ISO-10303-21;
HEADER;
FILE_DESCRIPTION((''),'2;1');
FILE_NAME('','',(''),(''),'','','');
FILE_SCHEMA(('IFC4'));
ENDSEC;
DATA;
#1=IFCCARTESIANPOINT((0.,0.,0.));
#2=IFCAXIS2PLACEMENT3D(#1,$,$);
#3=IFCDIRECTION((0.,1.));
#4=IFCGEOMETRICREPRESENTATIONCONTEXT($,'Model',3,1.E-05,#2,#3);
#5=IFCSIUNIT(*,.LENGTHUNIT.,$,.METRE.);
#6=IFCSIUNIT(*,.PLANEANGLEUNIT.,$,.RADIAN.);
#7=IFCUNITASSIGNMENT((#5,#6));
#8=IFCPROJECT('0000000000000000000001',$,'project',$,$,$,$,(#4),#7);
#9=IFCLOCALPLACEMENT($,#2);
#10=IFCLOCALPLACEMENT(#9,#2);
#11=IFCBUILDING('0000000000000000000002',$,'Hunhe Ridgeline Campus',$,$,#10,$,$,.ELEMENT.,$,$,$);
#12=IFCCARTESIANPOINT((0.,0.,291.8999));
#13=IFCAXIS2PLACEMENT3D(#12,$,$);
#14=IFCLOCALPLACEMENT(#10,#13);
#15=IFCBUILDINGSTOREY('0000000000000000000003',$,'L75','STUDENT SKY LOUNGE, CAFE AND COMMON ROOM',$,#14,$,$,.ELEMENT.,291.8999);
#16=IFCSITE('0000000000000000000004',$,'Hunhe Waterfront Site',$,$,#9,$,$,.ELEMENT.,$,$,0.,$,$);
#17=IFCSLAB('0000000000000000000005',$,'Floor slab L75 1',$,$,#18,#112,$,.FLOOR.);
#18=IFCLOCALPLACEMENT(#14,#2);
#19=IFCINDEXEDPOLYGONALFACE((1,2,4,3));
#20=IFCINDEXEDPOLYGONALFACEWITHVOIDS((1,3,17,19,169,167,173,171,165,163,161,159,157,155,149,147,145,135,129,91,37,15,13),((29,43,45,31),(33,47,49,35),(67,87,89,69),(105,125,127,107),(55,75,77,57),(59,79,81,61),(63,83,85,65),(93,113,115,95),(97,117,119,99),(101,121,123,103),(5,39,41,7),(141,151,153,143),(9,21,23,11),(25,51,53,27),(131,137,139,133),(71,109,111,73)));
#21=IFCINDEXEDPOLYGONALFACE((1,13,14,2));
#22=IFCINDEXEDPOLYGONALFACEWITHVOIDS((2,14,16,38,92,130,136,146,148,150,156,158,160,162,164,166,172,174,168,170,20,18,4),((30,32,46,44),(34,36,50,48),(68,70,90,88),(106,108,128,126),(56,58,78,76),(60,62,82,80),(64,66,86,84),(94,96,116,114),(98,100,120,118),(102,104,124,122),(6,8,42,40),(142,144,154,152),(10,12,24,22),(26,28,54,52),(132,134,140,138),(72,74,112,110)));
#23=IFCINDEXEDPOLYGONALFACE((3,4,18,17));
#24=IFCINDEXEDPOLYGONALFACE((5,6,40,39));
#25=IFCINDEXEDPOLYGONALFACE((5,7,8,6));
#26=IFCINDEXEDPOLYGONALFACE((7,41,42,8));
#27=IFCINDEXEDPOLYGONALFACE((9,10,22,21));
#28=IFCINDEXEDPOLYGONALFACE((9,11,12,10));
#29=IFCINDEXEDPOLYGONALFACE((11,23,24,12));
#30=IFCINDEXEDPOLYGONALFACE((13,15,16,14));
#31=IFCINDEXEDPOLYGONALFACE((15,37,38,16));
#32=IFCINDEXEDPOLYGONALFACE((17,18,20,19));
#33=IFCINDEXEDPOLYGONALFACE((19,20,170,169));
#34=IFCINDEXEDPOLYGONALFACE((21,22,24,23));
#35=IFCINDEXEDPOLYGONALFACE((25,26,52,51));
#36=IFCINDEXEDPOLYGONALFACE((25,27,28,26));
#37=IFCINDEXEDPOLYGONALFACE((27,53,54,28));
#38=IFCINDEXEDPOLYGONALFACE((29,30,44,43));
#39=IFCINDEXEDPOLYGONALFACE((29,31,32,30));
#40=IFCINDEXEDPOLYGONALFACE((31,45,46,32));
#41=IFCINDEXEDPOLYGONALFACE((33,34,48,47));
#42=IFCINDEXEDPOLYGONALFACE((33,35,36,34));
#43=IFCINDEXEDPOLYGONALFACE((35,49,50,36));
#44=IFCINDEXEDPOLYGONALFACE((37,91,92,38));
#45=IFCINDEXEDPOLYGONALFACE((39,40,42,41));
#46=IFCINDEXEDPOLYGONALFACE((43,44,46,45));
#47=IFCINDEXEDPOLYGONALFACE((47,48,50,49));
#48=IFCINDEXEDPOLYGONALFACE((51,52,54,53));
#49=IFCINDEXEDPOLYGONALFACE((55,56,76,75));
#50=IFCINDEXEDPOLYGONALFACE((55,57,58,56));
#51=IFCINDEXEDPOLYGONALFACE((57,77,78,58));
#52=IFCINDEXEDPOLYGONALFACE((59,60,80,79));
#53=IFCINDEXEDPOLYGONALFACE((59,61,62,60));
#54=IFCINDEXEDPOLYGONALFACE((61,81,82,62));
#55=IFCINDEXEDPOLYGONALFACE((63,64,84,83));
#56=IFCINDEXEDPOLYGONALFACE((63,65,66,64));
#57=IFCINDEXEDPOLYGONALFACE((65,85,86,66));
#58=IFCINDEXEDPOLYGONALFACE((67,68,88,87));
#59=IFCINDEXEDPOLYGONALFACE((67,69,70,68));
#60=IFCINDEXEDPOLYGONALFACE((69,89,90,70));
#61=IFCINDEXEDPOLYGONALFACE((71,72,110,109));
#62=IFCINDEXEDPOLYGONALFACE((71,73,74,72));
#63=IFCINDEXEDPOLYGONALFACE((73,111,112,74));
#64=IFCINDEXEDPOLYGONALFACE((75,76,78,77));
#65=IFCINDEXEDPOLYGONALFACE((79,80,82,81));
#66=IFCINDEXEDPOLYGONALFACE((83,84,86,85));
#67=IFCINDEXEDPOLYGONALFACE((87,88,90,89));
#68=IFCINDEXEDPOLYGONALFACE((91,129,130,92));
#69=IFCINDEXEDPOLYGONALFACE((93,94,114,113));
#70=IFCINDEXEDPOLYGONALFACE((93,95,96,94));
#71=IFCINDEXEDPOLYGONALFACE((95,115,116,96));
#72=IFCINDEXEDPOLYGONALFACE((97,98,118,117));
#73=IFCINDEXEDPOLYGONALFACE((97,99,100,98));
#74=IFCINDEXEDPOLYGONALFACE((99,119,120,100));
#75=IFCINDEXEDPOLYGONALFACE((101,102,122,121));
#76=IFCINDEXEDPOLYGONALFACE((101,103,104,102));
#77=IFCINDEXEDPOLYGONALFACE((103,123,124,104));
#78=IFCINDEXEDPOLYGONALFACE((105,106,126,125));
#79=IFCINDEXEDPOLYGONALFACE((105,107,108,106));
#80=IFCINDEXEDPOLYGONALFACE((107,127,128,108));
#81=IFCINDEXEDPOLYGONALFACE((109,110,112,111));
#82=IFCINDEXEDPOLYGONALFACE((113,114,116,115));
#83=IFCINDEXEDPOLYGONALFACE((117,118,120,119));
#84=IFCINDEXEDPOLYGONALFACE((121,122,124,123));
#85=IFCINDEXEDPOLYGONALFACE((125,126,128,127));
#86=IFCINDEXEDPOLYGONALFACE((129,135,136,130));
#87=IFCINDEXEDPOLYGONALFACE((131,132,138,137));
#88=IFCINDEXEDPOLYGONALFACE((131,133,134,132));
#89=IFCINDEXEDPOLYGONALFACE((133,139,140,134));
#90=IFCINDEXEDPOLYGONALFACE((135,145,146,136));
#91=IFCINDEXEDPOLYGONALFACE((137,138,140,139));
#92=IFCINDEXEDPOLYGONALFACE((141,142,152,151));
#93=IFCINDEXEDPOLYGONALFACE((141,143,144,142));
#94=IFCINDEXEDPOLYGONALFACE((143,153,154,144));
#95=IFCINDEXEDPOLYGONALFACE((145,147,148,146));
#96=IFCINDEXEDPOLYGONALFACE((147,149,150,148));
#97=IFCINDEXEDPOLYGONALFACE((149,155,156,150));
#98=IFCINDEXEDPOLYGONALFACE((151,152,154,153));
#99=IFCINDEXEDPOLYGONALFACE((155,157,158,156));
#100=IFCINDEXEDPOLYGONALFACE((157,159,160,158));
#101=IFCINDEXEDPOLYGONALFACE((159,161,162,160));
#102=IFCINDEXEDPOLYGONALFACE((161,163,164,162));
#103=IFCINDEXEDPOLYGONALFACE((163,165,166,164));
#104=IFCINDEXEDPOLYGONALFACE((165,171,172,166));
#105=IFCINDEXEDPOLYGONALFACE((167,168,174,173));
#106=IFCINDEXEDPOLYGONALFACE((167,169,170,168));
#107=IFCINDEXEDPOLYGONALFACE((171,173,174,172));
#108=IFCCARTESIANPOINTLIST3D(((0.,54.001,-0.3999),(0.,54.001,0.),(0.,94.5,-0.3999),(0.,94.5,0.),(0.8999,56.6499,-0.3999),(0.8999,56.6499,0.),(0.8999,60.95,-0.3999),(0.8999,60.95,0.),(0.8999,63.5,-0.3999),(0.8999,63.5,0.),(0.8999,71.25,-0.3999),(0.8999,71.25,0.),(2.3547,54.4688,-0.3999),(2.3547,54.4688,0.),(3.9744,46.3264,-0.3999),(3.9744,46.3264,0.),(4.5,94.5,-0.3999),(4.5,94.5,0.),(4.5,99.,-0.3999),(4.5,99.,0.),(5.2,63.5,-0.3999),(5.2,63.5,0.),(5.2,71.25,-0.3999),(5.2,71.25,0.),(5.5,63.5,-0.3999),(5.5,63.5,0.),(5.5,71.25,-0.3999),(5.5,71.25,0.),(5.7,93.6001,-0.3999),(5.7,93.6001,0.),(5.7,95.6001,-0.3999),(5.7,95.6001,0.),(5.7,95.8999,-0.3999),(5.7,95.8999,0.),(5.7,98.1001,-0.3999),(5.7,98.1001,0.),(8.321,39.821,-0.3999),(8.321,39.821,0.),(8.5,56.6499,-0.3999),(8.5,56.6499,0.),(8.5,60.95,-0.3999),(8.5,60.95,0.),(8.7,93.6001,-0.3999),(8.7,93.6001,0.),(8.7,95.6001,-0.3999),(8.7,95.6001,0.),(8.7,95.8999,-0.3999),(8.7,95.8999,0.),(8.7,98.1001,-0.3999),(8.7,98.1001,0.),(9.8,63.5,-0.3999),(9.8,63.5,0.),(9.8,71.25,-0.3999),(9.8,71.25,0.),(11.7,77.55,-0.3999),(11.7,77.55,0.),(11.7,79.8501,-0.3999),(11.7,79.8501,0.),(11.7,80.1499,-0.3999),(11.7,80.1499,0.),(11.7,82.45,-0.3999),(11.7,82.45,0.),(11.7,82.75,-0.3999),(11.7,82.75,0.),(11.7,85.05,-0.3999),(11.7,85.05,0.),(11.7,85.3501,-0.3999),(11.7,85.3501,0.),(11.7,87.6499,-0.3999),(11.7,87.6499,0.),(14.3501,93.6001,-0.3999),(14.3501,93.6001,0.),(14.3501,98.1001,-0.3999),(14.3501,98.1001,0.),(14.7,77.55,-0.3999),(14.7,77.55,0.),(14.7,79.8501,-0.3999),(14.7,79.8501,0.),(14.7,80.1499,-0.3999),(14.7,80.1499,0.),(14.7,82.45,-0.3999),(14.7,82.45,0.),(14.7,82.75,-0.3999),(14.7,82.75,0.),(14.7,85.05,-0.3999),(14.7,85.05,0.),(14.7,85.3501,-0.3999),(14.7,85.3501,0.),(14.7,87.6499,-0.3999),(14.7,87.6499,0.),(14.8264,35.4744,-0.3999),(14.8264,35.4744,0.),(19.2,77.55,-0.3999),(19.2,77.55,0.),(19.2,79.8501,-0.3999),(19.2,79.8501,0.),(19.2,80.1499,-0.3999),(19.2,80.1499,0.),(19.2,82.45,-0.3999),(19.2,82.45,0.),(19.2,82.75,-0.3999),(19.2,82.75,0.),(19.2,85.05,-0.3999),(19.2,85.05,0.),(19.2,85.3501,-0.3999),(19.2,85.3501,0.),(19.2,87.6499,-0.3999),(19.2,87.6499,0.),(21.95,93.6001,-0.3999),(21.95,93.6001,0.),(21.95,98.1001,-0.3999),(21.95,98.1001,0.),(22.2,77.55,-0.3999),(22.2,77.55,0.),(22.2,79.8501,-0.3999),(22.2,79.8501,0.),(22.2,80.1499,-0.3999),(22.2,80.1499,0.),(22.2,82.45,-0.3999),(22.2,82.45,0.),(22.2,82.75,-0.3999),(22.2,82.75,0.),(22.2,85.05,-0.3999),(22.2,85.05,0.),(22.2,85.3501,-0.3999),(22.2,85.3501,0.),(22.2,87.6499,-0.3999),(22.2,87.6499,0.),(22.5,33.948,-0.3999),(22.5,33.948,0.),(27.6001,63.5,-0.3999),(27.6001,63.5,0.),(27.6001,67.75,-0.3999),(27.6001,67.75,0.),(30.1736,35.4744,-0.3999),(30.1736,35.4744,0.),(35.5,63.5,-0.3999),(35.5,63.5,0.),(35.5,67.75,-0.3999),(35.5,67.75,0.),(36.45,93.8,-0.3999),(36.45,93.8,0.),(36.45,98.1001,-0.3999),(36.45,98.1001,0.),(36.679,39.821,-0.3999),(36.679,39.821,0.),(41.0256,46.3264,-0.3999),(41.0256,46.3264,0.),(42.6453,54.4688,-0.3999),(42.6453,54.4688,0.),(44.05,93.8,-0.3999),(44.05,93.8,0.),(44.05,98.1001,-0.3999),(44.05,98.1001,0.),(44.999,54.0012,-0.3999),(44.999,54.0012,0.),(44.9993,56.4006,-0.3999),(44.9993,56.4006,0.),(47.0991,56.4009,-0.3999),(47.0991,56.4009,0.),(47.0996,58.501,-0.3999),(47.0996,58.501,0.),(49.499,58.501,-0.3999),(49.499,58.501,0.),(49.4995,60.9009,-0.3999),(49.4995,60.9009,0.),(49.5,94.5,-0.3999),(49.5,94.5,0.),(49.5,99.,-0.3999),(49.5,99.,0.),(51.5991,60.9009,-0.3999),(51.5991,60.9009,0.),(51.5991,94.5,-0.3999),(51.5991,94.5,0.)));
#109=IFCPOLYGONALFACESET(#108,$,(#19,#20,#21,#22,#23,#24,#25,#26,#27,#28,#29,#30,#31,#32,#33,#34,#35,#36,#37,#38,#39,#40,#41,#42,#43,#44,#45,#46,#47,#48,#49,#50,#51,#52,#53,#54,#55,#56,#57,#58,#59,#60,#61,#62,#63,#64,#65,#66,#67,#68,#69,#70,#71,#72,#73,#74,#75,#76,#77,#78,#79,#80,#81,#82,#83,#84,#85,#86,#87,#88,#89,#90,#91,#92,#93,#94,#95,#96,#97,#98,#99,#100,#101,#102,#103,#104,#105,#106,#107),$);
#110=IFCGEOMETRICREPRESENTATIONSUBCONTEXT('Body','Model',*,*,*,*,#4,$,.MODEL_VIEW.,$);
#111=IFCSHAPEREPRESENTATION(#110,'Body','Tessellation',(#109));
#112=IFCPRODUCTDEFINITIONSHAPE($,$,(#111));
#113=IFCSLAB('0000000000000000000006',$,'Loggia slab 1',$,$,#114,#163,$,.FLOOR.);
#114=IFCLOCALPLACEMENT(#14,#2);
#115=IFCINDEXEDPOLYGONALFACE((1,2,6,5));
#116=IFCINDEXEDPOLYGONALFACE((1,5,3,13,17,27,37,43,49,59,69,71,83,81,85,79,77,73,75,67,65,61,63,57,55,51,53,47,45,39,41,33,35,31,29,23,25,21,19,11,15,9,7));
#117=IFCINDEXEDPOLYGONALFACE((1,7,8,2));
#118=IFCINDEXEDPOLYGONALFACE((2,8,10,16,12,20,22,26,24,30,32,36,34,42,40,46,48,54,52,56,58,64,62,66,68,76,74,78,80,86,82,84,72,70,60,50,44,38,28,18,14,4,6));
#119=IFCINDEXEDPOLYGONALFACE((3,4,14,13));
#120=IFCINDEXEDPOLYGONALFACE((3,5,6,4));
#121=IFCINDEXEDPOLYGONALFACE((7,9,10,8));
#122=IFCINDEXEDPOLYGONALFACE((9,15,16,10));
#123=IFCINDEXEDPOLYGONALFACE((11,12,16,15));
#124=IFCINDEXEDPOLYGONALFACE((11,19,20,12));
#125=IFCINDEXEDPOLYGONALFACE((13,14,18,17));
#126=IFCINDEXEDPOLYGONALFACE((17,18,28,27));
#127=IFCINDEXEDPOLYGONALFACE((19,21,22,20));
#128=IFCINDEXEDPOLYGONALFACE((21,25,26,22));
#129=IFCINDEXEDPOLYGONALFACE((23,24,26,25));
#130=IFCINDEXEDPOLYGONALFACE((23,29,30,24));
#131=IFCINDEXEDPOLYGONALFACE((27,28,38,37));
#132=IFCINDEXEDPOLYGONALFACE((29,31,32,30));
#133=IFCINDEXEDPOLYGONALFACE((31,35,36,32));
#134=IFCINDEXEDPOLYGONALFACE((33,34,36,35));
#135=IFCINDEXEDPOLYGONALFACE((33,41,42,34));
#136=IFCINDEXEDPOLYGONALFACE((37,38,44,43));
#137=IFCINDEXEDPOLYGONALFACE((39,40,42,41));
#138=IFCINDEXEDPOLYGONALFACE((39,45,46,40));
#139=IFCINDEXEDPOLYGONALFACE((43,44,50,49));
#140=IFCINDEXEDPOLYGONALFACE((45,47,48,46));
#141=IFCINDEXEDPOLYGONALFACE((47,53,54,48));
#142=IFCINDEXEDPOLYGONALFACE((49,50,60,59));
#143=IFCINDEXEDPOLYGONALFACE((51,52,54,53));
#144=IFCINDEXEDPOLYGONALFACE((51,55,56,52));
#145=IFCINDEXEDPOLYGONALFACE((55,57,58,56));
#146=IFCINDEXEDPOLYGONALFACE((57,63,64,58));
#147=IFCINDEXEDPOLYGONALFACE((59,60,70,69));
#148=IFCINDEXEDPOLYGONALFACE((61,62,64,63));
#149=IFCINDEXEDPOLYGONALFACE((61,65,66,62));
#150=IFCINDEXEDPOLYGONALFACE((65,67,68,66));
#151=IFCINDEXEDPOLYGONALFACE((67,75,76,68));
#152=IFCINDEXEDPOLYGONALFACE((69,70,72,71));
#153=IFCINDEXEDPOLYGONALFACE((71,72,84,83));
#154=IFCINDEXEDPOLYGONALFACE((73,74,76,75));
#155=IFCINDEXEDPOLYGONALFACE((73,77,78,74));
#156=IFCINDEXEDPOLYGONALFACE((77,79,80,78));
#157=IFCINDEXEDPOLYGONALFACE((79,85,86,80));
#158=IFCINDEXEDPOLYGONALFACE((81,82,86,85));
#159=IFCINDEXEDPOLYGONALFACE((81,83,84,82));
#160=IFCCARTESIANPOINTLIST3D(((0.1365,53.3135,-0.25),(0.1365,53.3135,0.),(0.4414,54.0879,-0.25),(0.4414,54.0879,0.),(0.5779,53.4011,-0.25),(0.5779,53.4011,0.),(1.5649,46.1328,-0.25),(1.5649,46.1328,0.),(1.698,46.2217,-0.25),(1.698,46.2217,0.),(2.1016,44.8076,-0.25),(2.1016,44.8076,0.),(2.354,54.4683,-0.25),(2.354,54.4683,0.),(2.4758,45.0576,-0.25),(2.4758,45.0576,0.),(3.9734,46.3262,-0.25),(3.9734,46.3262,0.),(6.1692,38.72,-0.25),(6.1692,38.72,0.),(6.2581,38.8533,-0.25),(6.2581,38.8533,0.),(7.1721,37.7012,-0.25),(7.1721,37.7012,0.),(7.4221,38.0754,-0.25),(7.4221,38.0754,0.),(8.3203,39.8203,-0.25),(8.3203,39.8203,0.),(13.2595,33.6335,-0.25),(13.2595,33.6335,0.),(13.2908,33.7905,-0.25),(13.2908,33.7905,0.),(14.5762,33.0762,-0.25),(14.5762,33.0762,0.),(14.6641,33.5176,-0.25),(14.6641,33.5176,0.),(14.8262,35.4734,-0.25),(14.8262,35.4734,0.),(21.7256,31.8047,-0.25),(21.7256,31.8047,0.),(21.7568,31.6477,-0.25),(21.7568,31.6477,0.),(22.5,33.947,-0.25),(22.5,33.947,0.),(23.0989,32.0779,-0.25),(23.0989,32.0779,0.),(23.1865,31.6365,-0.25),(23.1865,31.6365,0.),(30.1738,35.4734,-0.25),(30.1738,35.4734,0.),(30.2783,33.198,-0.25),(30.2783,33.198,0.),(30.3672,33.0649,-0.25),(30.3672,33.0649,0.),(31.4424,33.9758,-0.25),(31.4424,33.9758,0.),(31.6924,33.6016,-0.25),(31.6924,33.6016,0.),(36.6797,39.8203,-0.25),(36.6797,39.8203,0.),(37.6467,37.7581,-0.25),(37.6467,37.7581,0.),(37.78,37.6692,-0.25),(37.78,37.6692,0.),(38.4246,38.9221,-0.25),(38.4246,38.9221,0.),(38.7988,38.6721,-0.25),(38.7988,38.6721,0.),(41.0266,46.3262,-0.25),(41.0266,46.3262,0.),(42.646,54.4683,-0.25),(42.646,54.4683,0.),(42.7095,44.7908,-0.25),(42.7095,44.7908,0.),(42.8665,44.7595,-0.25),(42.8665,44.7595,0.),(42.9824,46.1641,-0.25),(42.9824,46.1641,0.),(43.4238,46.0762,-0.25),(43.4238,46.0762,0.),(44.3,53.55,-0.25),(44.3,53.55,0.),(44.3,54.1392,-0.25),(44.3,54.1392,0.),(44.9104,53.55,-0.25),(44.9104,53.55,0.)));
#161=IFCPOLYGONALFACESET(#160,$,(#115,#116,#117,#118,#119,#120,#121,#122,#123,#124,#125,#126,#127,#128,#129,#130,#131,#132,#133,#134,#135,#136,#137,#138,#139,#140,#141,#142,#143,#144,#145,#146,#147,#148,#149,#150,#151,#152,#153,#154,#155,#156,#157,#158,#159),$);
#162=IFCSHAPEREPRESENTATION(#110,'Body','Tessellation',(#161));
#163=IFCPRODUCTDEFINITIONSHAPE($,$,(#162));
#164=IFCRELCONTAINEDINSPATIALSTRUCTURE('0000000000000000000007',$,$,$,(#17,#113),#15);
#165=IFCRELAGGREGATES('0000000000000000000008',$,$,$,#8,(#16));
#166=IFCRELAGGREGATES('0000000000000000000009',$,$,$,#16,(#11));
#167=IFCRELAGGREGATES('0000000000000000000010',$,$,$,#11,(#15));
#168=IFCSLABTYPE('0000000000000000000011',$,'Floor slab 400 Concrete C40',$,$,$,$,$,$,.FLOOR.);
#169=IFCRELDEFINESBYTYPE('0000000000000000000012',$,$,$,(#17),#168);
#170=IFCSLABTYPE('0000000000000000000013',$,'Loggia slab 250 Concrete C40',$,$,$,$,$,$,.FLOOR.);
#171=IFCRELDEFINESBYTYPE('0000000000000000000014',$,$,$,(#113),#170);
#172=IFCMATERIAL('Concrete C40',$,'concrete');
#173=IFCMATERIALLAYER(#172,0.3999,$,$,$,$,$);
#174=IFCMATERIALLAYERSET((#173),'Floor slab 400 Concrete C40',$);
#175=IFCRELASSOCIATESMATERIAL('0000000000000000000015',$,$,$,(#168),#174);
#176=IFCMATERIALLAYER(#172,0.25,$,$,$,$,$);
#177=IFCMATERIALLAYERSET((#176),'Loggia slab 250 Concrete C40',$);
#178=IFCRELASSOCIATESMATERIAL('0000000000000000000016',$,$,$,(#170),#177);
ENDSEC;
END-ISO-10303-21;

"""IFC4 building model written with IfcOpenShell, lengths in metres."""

from ifc_helpers import new_model, si_unit, direction, frame, origin, place, context, subcontext, project, spatial, polyline, outline, extrude, material, layer, layer_set, type_object, element, save


model = new_model("IFC4")

# Units and contexts
model_context = context("Model", 3, precision=1e-05, world=origin(), true_north=direction((0.0, 1.0)))
body_context = subcontext(model_context, "Body", "Model", "MODEL_VIEW")
ifc_project = project(units=[si_unit("LENGTHUNIT", "METRE"), si_unit("PLANEANGLEUNIT", "RADIAN")], contexts=[model_context])

# Site, building, storey
site_placement = place(None, origin())
site = spatial("IfcSite", under=ifc_project, at=site_placement, Name="Hunhe Waterfront Site", CompositionType="ELEMENT", RefElevation=0.0)
building_placement = place(site_placement, origin())
building = spatial("IfcBuilding", under=site, at=building_placement, Name="Hunhe Ridgeline Campus", CompositionType="ELEMENT")
storey_placement = place(building_placement, frame((0.0, 0.0, 291.8999)))
storey = spatial("IfcBuildingStorey", under=building, at=storey_placement, Name="L75", Description="STUDENT SKY LOUNGE, CAFE AND COMMON ROOM", CompositionType="ELEMENT", Elevation=291.8999)

# Slabs
ifc_material_1 = material(Name="Concrete C40", Category="concrete")
ifc_layer_1 = layer(ifc_material_1, 0.3999)
ifc_layer_set_1 = layer_set([ifc_layer_1], Name="Floor slab 400 Concrete C40")
slab_type_1 = type_object("IfcSlabType", Name="Floor slab 400 Concrete C40", PredefinedType="FLOOR", material=ifc_layer_set_1)
slab_1_placement = place(storey_placement, frame((0.0, 0.0, -0.3999)))
element("IfcSlab", 1, at=slab_1_placement, inside=storey, type_object=slab_type_1, Name="Floor slab L75 1", PredefinedType="FLOOR", context=body_context, shape_type="SweptSolid", body=[
    extrude(outline(polyline([(36.679, 39.821), (41.0256, 46.3264), (42.6453, 54.4688), (44.999, 54.0012), (44.9993, 56.4006), (47.0991, 56.4009), (47.0996, 58.501), (49.499, 58.501), (49.4995, 60.9009), (51.5991, 60.9009), (51.5991, 94.5), (49.5, 94.5), (49.5, 99.0), (4.5, 99.0), (4.5, 94.5), (0.0, 94.5), (0.0, 54.001), (2.3547, 54.4688), (3.9744, 46.3264), (8.321, 39.821), (14.8264, 35.4744), (22.5, 33.948), (30.1736, 35.4744), (36.679, 39.821)]), holes=[polyline([(44.05, 98.1001), (36.45, 98.1001), (36.45, 93.8), (44.05, 93.8), (44.05, 98.1001)]), polyline([(27.6001, 67.75), (27.6001, 63.5), (35.5, 63.5), (35.5, 67.75), (27.6001, 67.75)]), polyline([(22.2, 85.3501), (22.2, 87.6499), (19.2, 87.6499), (19.2, 85.3501), (22.2, 85.3501)]), polyline([(22.2, 85.05), (19.2, 85.05), (19.2, 82.75), (22.2, 82.75), (22.2, 85.05)]), polyline([(19.2, 82.45), (19.2, 80.1499), (22.2, 80.1499), (22.2, 82.45), (19.2, 82.45)]), polyline([(19.2, 77.55), (22.2, 77.55), (22.2, 79.8501), (19.2, 79.8501), (19.2, 77.55)]), polyline([(21.95, 98.1001), (14.3501, 98.1001), (14.3501, 93.6001), (21.95, 93.6001), (21.95, 98.1001)]), polyline([(14.7, 85.3501), (14.7, 87.6499), (11.7, 87.6499), (11.7, 85.3501), (14.7, 85.3501)]), polyline([(14.7, 85.05), (11.7, 85.05), (11.7, 82.75), (14.7, 82.75), (14.7, 85.05)]), polyline([(11.7, 82.45), (11.7, 80.1499), (14.7, 80.1499), (14.7, 82.45), (11.7, 82.45)]), polyline([(11.7, 77.55), (14.7, 77.55), (14.7, 79.8501), (11.7, 79.8501), (11.7, 77.55)]), polyline([(5.5, 63.5), (9.8, 63.5), (9.8, 71.25), (5.5, 71.25), (5.5, 63.5)]), polyline([(5.7, 98.1001), (5.7, 95.8999), (8.7, 95.8999), (8.7, 98.1001), (5.7, 98.1001)]), polyline([(5.7, 93.6001), (8.7, 93.6001), (8.7, 95.6001), (5.7, 95.6001), (5.7, 93.6001)]), polyline([(0.8999, 60.95), (0.8999, 56.6499), (8.5, 56.6499), (8.5, 60.95), (0.8999, 60.95)]), polyline([(5.2, 63.5), (5.2, 71.25), (0.8999, 71.25), (0.8999, 63.5), (5.2, 63.5)])]), origin(), (0.0, 0.0, 1.0), 0.3999),
])
ifc_layer_2 = layer(ifc_material_1, 0.25)
ifc_layer_set_2 = layer_set([ifc_layer_2], Name="Loggia slab 250 Concrete C40")
slab_type_2 = type_object("IfcSlabType", Name="Loggia slab 250 Concrete C40", PredefinedType="FLOOR", material=ifc_layer_set_2)
slab_2_placement = place(storey_placement, frame((0.0, 0.0, -0.25)))
element("IfcSlab", 2, at=slab_2_placement, inside=storey, type_object=slab_type_2, Name="Loggia slab 1", PredefinedType="FLOOR", context=body_context, shape_type="SweptSolid", body=[
    extrude(outline(polyline([(30.1738, 35.4734), (22.5, 33.947), (14.8262, 35.4734), (8.3203, 39.8203), (3.9734, 46.3262), (2.354, 54.4683), (0.4414, 54.0879), (0.5779, 53.4011), (0.1365, 53.3135), (1.5649, 46.1328), (1.698, 46.2217), (2.4758, 45.0576), (2.1016, 44.8076), (6.1692, 38.72), (6.2581, 38.8533), (7.4221, 38.0754), (7.1721, 37.7012), (13.2595, 33.6335), (13.2908, 33.7905), (14.6641, 33.5176), (14.5762, 33.0762), (21.7568, 31.6477), (21.7256, 31.8047), (23.0989, 32.0779), (23.1865, 31.6365), (30.3672, 33.0649), (30.2783, 33.198), (31.4424, 33.9758), (31.6924, 33.6016), (37.78, 37.6692), (37.6467, 37.7581), (38.4246, 38.9221), (38.7988, 38.6721), (42.8665, 44.7595), (42.7095, 44.7908), (42.9824, 46.1641), (43.4238, 46.0762), (44.9104, 53.55), (44.3, 53.55), (44.3, 54.1392), (42.646, 54.4683), (41.0266, 46.3262), (36.6797, 39.8203), (30.1738, 35.4734)])), origin(), (0.0, 0.0, 1.0), 0.25),
])

save(model, "model.ifc")
